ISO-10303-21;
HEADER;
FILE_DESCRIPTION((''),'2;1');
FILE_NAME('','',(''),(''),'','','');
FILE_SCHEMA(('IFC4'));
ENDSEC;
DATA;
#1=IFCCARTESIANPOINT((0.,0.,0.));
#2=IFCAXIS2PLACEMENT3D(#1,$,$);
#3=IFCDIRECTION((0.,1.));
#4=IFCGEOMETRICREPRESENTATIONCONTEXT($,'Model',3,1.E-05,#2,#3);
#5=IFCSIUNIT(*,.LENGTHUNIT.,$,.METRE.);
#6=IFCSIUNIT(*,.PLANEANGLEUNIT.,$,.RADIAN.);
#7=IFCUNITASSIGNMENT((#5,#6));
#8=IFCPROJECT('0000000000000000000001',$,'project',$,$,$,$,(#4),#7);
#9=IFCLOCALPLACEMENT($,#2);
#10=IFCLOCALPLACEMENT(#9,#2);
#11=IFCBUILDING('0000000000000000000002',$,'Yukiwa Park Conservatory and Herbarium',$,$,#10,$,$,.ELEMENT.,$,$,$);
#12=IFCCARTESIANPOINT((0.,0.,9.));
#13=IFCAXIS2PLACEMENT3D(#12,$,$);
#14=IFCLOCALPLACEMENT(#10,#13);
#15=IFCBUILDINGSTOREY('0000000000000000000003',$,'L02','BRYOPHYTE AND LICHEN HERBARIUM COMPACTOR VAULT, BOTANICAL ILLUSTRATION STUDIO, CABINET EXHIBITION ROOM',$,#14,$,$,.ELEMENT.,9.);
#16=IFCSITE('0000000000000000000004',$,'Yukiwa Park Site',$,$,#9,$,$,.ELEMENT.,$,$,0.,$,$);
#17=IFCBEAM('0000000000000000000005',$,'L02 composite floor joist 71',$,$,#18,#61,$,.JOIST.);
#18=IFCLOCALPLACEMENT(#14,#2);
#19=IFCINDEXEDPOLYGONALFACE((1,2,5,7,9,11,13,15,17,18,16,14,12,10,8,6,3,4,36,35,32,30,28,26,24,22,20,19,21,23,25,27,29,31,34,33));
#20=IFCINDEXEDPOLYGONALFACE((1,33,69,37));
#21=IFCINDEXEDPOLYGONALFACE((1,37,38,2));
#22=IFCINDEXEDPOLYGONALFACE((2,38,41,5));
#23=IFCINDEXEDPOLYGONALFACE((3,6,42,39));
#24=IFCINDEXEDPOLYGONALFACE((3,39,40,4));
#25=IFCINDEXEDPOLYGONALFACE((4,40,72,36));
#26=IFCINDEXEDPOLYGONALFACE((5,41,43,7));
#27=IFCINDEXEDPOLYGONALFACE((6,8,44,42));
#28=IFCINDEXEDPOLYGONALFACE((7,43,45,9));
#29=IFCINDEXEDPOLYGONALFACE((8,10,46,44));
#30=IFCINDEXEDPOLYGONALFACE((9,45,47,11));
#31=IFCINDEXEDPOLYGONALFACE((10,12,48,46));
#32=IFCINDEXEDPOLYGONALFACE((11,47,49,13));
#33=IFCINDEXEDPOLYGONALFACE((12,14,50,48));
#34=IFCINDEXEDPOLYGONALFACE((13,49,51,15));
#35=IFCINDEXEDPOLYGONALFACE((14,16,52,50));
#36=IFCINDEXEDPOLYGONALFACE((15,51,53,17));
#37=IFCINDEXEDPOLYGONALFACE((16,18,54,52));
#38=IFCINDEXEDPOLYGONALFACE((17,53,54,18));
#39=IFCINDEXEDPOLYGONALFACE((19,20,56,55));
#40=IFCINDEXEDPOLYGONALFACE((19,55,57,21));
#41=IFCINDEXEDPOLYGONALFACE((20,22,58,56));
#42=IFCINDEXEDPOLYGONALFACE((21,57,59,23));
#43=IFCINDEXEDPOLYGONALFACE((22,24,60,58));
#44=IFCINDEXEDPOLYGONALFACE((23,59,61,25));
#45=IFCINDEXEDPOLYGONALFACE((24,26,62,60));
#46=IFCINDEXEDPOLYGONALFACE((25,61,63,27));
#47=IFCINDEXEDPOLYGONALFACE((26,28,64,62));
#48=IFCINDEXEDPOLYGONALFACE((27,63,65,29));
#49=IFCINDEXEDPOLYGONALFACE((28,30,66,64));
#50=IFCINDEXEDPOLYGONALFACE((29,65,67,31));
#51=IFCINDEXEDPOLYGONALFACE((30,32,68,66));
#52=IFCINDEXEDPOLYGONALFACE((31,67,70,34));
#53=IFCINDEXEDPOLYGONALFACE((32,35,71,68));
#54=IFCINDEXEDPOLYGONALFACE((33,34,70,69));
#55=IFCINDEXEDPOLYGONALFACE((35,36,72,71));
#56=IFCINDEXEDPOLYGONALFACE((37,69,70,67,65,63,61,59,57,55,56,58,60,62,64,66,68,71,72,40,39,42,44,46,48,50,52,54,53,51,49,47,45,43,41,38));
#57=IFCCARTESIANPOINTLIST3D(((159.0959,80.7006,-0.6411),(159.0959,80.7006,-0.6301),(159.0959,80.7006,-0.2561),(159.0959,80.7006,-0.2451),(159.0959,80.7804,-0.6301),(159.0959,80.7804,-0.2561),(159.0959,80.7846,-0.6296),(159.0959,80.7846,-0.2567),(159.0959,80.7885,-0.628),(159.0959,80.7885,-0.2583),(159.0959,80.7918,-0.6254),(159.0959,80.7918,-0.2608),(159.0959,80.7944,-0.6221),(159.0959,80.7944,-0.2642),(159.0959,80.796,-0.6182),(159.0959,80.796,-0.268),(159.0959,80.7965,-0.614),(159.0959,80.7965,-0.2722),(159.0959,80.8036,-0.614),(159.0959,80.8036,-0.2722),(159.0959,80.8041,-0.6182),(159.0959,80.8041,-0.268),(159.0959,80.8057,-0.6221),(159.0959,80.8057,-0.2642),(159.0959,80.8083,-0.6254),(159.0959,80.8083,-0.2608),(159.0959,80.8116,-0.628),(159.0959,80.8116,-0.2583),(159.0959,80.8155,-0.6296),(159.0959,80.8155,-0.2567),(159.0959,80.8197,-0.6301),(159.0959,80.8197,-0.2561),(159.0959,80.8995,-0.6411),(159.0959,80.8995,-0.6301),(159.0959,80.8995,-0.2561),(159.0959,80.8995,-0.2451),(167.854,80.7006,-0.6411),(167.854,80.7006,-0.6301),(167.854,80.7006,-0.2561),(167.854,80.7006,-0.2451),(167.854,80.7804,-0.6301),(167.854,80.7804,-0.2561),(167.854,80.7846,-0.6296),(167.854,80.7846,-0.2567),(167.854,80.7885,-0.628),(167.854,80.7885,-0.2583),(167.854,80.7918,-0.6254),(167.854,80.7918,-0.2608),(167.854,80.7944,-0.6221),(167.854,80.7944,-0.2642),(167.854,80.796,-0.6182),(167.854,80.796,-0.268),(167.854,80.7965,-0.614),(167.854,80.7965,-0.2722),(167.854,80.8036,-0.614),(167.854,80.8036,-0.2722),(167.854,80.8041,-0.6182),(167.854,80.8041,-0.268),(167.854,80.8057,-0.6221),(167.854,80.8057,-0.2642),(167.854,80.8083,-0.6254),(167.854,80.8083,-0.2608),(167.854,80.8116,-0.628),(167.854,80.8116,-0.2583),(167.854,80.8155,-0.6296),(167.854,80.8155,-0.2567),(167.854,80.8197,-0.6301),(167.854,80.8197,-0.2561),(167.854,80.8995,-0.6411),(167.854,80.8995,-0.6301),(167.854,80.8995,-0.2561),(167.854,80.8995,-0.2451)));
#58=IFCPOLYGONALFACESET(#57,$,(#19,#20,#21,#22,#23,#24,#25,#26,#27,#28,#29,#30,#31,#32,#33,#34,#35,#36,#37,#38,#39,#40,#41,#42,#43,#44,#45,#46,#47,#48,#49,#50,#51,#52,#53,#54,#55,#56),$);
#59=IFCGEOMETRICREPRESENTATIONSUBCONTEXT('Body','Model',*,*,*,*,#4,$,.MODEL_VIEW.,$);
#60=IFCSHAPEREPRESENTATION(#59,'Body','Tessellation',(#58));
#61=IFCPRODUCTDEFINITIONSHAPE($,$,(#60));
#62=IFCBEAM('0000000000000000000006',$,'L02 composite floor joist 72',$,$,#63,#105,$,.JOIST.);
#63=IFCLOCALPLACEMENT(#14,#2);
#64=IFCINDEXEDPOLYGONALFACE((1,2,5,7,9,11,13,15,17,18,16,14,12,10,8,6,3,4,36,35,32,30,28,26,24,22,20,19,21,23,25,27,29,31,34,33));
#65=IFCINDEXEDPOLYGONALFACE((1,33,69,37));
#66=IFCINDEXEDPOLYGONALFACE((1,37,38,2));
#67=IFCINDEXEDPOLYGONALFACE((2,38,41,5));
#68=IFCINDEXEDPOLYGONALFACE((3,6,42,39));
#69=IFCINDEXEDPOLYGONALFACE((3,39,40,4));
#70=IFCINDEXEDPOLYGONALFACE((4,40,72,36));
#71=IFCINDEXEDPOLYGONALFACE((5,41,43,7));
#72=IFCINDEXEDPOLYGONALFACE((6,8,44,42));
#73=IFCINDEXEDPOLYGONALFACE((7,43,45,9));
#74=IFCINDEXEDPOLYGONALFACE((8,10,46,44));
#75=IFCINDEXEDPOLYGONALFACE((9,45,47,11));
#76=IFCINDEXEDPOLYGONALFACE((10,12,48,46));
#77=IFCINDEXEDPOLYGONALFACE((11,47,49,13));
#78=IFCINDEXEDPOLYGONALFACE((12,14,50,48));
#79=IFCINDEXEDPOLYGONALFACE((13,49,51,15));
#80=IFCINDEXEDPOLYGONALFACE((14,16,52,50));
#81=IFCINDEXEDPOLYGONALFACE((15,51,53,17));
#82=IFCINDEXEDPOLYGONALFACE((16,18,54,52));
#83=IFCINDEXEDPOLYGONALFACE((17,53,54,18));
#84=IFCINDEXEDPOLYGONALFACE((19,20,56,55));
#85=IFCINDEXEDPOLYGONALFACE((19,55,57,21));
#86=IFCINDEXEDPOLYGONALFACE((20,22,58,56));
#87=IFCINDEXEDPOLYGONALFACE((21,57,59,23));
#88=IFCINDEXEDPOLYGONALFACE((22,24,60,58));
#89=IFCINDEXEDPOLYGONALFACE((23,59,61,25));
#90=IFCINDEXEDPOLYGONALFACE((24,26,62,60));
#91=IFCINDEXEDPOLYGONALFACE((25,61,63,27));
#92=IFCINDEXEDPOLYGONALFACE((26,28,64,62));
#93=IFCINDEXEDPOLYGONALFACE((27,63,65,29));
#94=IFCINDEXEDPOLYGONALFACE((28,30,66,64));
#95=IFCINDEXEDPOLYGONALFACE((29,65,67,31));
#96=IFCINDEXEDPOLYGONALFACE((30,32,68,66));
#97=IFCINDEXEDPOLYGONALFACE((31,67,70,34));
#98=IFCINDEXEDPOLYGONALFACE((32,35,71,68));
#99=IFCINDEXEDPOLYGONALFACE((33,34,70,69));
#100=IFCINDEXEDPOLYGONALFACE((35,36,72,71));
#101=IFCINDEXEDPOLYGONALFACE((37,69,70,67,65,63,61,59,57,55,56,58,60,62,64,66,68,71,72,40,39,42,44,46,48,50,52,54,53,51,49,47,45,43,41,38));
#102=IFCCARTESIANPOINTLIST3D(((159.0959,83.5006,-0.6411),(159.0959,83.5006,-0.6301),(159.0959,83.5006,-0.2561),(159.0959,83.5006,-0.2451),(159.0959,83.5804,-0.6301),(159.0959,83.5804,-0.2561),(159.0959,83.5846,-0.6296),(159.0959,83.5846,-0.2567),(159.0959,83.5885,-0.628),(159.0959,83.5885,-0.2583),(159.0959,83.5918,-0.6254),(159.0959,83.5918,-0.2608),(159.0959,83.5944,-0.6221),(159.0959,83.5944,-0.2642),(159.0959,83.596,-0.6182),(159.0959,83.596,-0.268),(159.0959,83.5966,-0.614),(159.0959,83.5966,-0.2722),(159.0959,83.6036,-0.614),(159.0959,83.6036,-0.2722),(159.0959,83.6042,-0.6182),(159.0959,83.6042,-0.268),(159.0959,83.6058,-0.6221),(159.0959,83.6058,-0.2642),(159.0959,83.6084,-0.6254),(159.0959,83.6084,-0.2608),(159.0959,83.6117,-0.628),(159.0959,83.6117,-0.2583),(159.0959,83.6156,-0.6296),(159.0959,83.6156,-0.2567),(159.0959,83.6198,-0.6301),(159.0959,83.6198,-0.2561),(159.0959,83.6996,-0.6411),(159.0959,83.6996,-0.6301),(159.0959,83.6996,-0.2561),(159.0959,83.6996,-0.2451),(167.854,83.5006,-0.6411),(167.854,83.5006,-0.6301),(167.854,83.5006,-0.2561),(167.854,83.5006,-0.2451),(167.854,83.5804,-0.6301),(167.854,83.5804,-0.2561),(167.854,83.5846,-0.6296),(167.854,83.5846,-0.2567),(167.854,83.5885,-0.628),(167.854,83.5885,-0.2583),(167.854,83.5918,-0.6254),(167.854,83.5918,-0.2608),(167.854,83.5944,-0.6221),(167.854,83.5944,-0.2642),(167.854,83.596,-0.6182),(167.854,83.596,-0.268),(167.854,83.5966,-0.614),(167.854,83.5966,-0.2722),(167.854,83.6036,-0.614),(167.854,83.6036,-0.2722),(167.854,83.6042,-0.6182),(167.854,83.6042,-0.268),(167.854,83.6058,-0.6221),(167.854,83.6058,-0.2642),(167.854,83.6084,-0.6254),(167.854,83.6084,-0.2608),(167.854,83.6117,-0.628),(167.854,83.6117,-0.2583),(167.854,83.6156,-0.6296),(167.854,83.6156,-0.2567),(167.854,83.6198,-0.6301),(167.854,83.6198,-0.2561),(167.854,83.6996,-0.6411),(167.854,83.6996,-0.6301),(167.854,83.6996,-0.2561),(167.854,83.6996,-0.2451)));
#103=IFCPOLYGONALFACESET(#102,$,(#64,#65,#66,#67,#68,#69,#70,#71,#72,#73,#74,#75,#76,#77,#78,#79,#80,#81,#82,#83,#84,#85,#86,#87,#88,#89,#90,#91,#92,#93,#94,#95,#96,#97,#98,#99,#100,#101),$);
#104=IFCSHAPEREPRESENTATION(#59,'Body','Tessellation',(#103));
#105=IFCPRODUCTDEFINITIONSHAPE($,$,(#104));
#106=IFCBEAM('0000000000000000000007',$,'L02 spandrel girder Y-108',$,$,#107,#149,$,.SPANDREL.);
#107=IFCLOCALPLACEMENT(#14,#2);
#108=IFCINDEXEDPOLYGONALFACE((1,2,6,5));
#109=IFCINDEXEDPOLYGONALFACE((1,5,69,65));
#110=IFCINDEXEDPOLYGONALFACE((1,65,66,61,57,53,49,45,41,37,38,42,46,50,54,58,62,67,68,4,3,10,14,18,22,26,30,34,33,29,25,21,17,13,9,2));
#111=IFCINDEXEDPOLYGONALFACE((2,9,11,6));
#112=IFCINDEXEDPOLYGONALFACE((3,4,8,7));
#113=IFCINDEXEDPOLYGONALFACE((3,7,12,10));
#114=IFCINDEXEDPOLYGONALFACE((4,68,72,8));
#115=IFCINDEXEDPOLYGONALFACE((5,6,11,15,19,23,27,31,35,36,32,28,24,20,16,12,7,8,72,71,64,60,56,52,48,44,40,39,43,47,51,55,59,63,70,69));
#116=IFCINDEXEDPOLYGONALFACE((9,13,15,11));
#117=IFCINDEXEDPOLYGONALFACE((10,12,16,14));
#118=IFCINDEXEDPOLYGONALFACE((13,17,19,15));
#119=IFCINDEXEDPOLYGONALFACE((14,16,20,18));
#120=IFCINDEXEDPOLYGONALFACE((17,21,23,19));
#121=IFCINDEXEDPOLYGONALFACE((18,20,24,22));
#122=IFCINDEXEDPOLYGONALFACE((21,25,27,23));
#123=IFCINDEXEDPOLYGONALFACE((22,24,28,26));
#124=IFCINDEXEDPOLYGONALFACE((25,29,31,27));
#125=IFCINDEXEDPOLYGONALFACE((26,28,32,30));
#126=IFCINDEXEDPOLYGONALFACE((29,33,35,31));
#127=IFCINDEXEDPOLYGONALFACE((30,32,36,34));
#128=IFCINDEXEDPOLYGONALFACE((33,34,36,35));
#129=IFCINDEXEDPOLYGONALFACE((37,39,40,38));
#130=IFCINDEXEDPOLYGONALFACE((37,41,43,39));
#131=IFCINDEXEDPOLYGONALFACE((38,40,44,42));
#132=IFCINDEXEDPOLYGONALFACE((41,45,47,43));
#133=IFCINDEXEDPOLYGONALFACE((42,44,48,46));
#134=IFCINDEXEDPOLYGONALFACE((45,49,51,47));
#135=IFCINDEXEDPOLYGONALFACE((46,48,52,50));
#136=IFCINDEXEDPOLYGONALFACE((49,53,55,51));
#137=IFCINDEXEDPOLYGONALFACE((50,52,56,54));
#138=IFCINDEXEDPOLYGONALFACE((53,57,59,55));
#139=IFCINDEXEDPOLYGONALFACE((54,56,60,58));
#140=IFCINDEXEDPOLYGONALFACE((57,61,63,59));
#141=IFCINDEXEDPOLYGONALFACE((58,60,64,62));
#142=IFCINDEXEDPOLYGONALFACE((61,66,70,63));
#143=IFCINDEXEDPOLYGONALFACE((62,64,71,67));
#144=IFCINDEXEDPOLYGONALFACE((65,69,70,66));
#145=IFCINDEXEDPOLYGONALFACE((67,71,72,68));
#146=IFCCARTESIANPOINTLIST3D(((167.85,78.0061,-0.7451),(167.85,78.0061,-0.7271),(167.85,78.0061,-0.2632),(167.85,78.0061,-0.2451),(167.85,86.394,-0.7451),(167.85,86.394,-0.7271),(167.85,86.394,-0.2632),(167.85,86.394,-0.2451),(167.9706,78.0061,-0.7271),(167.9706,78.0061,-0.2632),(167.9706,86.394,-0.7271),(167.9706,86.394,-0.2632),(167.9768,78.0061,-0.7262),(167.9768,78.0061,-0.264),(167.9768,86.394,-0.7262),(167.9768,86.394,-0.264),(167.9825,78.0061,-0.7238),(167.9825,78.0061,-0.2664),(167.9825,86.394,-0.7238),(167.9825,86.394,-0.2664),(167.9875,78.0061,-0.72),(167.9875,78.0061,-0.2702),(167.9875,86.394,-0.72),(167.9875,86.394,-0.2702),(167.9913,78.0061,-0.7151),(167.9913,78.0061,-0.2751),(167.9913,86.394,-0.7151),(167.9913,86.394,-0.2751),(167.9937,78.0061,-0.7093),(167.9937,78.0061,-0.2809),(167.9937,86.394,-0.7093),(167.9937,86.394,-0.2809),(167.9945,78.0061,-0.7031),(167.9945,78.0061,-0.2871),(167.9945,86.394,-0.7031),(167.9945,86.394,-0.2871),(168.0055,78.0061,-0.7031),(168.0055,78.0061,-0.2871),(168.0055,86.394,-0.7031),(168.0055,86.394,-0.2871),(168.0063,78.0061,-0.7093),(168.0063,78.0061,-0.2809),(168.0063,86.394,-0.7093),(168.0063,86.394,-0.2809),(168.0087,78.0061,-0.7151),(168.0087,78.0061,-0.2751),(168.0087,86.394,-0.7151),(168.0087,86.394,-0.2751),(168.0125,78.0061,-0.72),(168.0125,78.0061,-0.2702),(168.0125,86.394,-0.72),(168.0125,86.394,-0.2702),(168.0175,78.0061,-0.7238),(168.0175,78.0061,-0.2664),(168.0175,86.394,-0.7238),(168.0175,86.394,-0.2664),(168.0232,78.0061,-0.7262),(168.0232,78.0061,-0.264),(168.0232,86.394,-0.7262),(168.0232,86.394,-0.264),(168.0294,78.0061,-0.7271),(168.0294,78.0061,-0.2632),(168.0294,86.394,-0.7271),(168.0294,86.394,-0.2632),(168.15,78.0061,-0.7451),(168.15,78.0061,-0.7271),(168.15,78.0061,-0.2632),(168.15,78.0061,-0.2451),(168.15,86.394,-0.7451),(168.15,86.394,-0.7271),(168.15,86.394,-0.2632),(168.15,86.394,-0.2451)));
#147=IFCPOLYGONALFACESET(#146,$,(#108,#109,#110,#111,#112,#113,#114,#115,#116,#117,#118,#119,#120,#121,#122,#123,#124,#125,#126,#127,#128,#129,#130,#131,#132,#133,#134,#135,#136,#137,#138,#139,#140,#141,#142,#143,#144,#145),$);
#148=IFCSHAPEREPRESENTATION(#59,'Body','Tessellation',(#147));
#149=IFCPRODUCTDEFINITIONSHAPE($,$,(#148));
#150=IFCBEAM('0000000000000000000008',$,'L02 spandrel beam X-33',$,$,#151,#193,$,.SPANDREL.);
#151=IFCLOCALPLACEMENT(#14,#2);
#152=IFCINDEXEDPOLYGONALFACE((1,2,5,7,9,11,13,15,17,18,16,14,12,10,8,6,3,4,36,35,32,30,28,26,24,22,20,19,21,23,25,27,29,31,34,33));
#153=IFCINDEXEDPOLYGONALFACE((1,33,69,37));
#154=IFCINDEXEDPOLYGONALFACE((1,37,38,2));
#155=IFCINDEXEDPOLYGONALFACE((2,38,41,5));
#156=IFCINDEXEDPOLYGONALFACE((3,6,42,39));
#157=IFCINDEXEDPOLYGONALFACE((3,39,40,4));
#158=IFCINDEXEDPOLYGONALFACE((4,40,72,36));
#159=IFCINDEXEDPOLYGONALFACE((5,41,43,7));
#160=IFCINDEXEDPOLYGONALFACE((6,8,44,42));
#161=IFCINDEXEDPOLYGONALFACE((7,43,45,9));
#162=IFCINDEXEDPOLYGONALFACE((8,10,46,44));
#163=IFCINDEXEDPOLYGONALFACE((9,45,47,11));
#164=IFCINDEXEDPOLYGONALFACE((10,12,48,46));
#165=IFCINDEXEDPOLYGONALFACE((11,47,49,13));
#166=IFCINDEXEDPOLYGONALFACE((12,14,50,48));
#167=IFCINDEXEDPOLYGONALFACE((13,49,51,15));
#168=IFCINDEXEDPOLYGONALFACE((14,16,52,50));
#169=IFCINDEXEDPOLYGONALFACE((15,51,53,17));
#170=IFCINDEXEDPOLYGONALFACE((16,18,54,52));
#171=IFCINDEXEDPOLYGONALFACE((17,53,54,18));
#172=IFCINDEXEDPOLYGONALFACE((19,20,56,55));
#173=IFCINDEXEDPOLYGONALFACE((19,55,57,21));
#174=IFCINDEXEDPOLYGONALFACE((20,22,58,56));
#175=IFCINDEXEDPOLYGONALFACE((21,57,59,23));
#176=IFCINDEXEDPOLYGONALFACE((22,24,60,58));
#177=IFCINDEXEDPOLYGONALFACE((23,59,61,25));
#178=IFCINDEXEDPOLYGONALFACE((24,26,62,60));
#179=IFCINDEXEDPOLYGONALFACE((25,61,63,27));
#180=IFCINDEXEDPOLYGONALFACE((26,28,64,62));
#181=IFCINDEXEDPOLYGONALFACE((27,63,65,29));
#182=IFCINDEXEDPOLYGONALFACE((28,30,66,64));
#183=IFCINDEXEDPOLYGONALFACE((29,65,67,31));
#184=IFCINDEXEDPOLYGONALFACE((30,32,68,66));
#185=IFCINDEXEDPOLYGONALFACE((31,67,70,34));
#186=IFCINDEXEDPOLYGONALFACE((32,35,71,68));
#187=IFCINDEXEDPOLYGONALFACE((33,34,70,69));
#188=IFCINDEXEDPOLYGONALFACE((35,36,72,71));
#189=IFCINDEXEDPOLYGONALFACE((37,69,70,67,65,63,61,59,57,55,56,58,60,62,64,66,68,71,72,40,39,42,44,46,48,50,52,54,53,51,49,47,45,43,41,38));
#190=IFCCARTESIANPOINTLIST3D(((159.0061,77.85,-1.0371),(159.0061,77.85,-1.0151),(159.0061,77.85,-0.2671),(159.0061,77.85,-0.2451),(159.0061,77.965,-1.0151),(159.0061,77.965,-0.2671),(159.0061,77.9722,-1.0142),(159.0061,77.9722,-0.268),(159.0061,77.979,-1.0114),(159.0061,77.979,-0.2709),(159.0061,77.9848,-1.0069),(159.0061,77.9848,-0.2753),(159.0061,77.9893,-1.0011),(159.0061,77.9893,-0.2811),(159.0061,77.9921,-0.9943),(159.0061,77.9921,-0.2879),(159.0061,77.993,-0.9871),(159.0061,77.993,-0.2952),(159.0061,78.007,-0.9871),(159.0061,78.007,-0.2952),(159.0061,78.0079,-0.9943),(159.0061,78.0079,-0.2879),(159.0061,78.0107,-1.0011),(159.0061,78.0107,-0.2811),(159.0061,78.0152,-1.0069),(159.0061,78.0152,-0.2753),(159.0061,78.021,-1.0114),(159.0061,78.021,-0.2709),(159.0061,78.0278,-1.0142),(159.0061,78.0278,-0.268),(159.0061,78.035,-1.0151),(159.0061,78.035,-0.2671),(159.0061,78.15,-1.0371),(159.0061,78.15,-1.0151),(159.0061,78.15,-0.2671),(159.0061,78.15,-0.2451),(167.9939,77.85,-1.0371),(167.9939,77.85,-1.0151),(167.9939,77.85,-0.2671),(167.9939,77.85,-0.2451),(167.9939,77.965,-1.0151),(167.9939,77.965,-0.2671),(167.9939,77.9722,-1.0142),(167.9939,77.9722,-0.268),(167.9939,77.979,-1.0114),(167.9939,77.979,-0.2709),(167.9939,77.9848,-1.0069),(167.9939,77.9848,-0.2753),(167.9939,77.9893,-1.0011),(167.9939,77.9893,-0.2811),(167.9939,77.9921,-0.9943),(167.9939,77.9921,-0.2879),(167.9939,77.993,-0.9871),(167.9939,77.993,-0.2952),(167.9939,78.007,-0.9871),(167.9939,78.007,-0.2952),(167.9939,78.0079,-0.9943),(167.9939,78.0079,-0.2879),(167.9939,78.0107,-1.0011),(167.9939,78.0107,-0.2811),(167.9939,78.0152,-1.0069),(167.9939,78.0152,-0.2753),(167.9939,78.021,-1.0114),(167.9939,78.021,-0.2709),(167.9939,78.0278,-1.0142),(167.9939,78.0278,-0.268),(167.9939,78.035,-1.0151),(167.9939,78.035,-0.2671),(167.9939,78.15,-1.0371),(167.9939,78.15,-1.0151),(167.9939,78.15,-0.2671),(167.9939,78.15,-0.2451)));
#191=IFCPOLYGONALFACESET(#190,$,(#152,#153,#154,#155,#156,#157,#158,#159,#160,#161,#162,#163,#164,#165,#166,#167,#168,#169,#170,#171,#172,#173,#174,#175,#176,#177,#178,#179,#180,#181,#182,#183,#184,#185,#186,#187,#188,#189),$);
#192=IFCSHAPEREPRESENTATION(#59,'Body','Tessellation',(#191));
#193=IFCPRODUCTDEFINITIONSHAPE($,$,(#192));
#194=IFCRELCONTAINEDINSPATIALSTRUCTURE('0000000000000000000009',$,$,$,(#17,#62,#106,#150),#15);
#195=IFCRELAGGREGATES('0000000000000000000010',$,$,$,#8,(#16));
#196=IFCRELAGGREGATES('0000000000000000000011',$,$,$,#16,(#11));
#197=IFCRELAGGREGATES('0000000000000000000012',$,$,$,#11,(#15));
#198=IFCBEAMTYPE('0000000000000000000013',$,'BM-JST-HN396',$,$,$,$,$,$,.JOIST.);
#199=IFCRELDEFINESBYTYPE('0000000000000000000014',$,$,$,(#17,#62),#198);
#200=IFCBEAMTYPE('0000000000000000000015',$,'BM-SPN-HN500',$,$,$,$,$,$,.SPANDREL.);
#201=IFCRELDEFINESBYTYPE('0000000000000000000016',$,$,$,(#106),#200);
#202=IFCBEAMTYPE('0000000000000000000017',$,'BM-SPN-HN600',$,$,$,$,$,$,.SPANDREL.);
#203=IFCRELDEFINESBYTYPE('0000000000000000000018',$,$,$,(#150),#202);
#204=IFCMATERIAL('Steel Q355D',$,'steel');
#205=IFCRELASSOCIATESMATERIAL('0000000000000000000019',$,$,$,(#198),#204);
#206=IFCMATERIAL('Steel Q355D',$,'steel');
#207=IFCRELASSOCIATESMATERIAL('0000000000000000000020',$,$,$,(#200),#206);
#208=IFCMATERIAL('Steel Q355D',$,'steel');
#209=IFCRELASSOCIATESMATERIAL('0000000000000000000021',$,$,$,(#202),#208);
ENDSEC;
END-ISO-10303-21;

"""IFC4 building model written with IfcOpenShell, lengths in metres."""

from ifc_helpers import new_model, si_unit, direction, frame, origin, origin_2d, place, context, subcontext, project, spatial, i_section, extrude, material, material_profile, profile_set, type_object, element, save


model = new_model("IFC4")

# Units and contexts
model_context = context("Model", 3, precision=1e-05, world=origin(), true_north=direction((0.0, 1.0)))
body_context = subcontext(model_context, "Body", "Model", "MODEL_VIEW")
ifc_project = project(units=[si_unit("LENGTHUNIT", "METRE"), si_unit("PLANEANGLEUNIT", "RADIAN")], contexts=[model_context])

# Site, building, storey
site_placement = place(None, origin())
site = spatial("IfcSite", under=ifc_project, at=site_placement, Name="Yukiwa Park Site", CompositionType="ELEMENT", RefElevation=0.0)
building_placement = place(site_placement, origin())
building = spatial("IfcBuilding", under=site, at=building_placement, Name="Yukiwa Park Conservatory and Herbarium", CompositionType="ELEMENT")
storey_placement = place(building_placement, frame((0.0, 0.0, 9.0)))
storey = spatial("IfcBuildingStorey", under=building, at=storey_placement, Name="L02", Description="BRYOPHYTE AND LICHEN HERBARIUM COMPACTOR VAULT, BOTANICAL ILLUSTRATION STUDIO, CABINET EXHIBITION ROOM", CompositionType="ELEMENT", Elevation=9.0)

# Beams
ifc_material_1 = material(Name="Steel Q355D", Category="steel")
ifc_material_profile_1 = material_profile(ifc_material_1, i_section(OverallWidth=0.199, OverallDepth=0.396, WebThickness=0.0071, FlangeThickness=0.011, FilletRadius=0.0161, at=origin_2d()), Name="HN 396x199x7x11")
ifc_profile_set_1 = profile_set([ifc_material_profile_1], Name="Steel Q355D")
beam_type_1 = type_object("IfcBeamType", Name="BM-JST-HN396", PredefinedType="JOIST", material=ifc_profile_set_1)
for number, where, z_axis, x_axis, name in (
    (1, (159.0959, 80.8, -0.4431), (1.0, 0.0, 0.0), (0.0, 1.0, 0.0), "L02 composite floor joist 71"),
    (2, (159.0959, 83.6001, -0.4431), (1.0, 0.0, 0.0), (0.0, 1.0, 0.0), "L02 composite floor joist 72"),
):
    element("IfcBeam", number, at=place(storey_placement, frame(where, z_axis=z_axis, x_axis=x_axis)), inside=storey, type_object=beam_type_1, Name=name, PredefinedType="JOIST", context=body_context, shape_type="SweptSolid", body=[
        extrude(i_section(OverallWidth=0.199, OverallDepth=0.396, WebThickness=0.0071, FlangeThickness=0.011, FilletRadius=0.0161, at=origin_2d()), origin(), (0.0, 0.0, 1.0), 8.7581),
    ])
ifc_material_2 = material(Name="Steel Q355D", Category="steel")
ifc_material_profile_2 = material_profile(ifc_material_2, i_section(OverallWidth=0.3, OverallDepth=0.5, WebThickness=0.011, FlangeThickness=0.0181, FilletRadius=0.0239, at=origin_2d()), Name="HM 500x300x11x18")
ifc_profile_set_2 = profile_set([ifc_material_profile_2], Name="Steel Q355D")
beam_type_2 = type_object("IfcBeamType", Name="BM-SPN-HN500", PredefinedType="SPANDREL", material=ifc_profile_set_2)
beam_1_placement = place(storey_placement, frame((168.0, 78.0061, -0.4951), z_axis=(0.0, 1.0, 0.0), x_axis=(-1.0, 0.0, 0.0)))
element("IfcBeam", 3, at=beam_1_placement, inside=storey, type_object=beam_type_2, Name="L02 spandrel girder Y-108", PredefinedType="SPANDREL", context=body_context, shape_type="SweptSolid", body=[
    extrude(i_section(OverallWidth=0.3, OverallDepth=0.5, WebThickness=0.011, FlangeThickness=0.0181, FilletRadius=0.0239, at=origin_2d()), origin(), (0.0, 0.0, 1.0), 8.3879),
])
ifc_material_3 = material(Name="Steel Q355D", Category="steel")
ifc_material_profile_3 = material_profile(ifc_material_3, i_section(OverallWidth=0.3, OverallDepth=0.792, WebThickness=0.0139, FlangeThickness=0.022, FilletRadius=0.0281, at=origin_2d()), Name="HN 792x300x14x22")
ifc_profile_set_3 = profile_set([ifc_material_profile_3], Name="Steel Q355D")
beam_type_3 = type_object("IfcBeamType", Name="BM-SPN-HN600", PredefinedType="SPANDREL", material=ifc_profile_set_3)
beam_2_placement = place(storey_placement, frame((159.0061, 78.0, -0.6411), z_axis=(1.0, 0.0, 0.0), x_axis=(0.0, 1.0, 0.0)))
element("IfcBeam", 4, at=beam_2_placement, inside=storey, type_object=beam_type_3, Name="L02 spandrel beam X-33", PredefinedType="SPANDREL", context=body_context, shape_type="SweptSolid", body=[
    extrude(i_section(OverallWidth=0.3, OverallDepth=0.792, WebThickness=0.0139, FlangeThickness=0.022, FilletRadius=0.0281, at=origin_2d()), origin(), (0.0, 0.0, 1.0), 8.9878),
])

save(model, "model.ifc")
